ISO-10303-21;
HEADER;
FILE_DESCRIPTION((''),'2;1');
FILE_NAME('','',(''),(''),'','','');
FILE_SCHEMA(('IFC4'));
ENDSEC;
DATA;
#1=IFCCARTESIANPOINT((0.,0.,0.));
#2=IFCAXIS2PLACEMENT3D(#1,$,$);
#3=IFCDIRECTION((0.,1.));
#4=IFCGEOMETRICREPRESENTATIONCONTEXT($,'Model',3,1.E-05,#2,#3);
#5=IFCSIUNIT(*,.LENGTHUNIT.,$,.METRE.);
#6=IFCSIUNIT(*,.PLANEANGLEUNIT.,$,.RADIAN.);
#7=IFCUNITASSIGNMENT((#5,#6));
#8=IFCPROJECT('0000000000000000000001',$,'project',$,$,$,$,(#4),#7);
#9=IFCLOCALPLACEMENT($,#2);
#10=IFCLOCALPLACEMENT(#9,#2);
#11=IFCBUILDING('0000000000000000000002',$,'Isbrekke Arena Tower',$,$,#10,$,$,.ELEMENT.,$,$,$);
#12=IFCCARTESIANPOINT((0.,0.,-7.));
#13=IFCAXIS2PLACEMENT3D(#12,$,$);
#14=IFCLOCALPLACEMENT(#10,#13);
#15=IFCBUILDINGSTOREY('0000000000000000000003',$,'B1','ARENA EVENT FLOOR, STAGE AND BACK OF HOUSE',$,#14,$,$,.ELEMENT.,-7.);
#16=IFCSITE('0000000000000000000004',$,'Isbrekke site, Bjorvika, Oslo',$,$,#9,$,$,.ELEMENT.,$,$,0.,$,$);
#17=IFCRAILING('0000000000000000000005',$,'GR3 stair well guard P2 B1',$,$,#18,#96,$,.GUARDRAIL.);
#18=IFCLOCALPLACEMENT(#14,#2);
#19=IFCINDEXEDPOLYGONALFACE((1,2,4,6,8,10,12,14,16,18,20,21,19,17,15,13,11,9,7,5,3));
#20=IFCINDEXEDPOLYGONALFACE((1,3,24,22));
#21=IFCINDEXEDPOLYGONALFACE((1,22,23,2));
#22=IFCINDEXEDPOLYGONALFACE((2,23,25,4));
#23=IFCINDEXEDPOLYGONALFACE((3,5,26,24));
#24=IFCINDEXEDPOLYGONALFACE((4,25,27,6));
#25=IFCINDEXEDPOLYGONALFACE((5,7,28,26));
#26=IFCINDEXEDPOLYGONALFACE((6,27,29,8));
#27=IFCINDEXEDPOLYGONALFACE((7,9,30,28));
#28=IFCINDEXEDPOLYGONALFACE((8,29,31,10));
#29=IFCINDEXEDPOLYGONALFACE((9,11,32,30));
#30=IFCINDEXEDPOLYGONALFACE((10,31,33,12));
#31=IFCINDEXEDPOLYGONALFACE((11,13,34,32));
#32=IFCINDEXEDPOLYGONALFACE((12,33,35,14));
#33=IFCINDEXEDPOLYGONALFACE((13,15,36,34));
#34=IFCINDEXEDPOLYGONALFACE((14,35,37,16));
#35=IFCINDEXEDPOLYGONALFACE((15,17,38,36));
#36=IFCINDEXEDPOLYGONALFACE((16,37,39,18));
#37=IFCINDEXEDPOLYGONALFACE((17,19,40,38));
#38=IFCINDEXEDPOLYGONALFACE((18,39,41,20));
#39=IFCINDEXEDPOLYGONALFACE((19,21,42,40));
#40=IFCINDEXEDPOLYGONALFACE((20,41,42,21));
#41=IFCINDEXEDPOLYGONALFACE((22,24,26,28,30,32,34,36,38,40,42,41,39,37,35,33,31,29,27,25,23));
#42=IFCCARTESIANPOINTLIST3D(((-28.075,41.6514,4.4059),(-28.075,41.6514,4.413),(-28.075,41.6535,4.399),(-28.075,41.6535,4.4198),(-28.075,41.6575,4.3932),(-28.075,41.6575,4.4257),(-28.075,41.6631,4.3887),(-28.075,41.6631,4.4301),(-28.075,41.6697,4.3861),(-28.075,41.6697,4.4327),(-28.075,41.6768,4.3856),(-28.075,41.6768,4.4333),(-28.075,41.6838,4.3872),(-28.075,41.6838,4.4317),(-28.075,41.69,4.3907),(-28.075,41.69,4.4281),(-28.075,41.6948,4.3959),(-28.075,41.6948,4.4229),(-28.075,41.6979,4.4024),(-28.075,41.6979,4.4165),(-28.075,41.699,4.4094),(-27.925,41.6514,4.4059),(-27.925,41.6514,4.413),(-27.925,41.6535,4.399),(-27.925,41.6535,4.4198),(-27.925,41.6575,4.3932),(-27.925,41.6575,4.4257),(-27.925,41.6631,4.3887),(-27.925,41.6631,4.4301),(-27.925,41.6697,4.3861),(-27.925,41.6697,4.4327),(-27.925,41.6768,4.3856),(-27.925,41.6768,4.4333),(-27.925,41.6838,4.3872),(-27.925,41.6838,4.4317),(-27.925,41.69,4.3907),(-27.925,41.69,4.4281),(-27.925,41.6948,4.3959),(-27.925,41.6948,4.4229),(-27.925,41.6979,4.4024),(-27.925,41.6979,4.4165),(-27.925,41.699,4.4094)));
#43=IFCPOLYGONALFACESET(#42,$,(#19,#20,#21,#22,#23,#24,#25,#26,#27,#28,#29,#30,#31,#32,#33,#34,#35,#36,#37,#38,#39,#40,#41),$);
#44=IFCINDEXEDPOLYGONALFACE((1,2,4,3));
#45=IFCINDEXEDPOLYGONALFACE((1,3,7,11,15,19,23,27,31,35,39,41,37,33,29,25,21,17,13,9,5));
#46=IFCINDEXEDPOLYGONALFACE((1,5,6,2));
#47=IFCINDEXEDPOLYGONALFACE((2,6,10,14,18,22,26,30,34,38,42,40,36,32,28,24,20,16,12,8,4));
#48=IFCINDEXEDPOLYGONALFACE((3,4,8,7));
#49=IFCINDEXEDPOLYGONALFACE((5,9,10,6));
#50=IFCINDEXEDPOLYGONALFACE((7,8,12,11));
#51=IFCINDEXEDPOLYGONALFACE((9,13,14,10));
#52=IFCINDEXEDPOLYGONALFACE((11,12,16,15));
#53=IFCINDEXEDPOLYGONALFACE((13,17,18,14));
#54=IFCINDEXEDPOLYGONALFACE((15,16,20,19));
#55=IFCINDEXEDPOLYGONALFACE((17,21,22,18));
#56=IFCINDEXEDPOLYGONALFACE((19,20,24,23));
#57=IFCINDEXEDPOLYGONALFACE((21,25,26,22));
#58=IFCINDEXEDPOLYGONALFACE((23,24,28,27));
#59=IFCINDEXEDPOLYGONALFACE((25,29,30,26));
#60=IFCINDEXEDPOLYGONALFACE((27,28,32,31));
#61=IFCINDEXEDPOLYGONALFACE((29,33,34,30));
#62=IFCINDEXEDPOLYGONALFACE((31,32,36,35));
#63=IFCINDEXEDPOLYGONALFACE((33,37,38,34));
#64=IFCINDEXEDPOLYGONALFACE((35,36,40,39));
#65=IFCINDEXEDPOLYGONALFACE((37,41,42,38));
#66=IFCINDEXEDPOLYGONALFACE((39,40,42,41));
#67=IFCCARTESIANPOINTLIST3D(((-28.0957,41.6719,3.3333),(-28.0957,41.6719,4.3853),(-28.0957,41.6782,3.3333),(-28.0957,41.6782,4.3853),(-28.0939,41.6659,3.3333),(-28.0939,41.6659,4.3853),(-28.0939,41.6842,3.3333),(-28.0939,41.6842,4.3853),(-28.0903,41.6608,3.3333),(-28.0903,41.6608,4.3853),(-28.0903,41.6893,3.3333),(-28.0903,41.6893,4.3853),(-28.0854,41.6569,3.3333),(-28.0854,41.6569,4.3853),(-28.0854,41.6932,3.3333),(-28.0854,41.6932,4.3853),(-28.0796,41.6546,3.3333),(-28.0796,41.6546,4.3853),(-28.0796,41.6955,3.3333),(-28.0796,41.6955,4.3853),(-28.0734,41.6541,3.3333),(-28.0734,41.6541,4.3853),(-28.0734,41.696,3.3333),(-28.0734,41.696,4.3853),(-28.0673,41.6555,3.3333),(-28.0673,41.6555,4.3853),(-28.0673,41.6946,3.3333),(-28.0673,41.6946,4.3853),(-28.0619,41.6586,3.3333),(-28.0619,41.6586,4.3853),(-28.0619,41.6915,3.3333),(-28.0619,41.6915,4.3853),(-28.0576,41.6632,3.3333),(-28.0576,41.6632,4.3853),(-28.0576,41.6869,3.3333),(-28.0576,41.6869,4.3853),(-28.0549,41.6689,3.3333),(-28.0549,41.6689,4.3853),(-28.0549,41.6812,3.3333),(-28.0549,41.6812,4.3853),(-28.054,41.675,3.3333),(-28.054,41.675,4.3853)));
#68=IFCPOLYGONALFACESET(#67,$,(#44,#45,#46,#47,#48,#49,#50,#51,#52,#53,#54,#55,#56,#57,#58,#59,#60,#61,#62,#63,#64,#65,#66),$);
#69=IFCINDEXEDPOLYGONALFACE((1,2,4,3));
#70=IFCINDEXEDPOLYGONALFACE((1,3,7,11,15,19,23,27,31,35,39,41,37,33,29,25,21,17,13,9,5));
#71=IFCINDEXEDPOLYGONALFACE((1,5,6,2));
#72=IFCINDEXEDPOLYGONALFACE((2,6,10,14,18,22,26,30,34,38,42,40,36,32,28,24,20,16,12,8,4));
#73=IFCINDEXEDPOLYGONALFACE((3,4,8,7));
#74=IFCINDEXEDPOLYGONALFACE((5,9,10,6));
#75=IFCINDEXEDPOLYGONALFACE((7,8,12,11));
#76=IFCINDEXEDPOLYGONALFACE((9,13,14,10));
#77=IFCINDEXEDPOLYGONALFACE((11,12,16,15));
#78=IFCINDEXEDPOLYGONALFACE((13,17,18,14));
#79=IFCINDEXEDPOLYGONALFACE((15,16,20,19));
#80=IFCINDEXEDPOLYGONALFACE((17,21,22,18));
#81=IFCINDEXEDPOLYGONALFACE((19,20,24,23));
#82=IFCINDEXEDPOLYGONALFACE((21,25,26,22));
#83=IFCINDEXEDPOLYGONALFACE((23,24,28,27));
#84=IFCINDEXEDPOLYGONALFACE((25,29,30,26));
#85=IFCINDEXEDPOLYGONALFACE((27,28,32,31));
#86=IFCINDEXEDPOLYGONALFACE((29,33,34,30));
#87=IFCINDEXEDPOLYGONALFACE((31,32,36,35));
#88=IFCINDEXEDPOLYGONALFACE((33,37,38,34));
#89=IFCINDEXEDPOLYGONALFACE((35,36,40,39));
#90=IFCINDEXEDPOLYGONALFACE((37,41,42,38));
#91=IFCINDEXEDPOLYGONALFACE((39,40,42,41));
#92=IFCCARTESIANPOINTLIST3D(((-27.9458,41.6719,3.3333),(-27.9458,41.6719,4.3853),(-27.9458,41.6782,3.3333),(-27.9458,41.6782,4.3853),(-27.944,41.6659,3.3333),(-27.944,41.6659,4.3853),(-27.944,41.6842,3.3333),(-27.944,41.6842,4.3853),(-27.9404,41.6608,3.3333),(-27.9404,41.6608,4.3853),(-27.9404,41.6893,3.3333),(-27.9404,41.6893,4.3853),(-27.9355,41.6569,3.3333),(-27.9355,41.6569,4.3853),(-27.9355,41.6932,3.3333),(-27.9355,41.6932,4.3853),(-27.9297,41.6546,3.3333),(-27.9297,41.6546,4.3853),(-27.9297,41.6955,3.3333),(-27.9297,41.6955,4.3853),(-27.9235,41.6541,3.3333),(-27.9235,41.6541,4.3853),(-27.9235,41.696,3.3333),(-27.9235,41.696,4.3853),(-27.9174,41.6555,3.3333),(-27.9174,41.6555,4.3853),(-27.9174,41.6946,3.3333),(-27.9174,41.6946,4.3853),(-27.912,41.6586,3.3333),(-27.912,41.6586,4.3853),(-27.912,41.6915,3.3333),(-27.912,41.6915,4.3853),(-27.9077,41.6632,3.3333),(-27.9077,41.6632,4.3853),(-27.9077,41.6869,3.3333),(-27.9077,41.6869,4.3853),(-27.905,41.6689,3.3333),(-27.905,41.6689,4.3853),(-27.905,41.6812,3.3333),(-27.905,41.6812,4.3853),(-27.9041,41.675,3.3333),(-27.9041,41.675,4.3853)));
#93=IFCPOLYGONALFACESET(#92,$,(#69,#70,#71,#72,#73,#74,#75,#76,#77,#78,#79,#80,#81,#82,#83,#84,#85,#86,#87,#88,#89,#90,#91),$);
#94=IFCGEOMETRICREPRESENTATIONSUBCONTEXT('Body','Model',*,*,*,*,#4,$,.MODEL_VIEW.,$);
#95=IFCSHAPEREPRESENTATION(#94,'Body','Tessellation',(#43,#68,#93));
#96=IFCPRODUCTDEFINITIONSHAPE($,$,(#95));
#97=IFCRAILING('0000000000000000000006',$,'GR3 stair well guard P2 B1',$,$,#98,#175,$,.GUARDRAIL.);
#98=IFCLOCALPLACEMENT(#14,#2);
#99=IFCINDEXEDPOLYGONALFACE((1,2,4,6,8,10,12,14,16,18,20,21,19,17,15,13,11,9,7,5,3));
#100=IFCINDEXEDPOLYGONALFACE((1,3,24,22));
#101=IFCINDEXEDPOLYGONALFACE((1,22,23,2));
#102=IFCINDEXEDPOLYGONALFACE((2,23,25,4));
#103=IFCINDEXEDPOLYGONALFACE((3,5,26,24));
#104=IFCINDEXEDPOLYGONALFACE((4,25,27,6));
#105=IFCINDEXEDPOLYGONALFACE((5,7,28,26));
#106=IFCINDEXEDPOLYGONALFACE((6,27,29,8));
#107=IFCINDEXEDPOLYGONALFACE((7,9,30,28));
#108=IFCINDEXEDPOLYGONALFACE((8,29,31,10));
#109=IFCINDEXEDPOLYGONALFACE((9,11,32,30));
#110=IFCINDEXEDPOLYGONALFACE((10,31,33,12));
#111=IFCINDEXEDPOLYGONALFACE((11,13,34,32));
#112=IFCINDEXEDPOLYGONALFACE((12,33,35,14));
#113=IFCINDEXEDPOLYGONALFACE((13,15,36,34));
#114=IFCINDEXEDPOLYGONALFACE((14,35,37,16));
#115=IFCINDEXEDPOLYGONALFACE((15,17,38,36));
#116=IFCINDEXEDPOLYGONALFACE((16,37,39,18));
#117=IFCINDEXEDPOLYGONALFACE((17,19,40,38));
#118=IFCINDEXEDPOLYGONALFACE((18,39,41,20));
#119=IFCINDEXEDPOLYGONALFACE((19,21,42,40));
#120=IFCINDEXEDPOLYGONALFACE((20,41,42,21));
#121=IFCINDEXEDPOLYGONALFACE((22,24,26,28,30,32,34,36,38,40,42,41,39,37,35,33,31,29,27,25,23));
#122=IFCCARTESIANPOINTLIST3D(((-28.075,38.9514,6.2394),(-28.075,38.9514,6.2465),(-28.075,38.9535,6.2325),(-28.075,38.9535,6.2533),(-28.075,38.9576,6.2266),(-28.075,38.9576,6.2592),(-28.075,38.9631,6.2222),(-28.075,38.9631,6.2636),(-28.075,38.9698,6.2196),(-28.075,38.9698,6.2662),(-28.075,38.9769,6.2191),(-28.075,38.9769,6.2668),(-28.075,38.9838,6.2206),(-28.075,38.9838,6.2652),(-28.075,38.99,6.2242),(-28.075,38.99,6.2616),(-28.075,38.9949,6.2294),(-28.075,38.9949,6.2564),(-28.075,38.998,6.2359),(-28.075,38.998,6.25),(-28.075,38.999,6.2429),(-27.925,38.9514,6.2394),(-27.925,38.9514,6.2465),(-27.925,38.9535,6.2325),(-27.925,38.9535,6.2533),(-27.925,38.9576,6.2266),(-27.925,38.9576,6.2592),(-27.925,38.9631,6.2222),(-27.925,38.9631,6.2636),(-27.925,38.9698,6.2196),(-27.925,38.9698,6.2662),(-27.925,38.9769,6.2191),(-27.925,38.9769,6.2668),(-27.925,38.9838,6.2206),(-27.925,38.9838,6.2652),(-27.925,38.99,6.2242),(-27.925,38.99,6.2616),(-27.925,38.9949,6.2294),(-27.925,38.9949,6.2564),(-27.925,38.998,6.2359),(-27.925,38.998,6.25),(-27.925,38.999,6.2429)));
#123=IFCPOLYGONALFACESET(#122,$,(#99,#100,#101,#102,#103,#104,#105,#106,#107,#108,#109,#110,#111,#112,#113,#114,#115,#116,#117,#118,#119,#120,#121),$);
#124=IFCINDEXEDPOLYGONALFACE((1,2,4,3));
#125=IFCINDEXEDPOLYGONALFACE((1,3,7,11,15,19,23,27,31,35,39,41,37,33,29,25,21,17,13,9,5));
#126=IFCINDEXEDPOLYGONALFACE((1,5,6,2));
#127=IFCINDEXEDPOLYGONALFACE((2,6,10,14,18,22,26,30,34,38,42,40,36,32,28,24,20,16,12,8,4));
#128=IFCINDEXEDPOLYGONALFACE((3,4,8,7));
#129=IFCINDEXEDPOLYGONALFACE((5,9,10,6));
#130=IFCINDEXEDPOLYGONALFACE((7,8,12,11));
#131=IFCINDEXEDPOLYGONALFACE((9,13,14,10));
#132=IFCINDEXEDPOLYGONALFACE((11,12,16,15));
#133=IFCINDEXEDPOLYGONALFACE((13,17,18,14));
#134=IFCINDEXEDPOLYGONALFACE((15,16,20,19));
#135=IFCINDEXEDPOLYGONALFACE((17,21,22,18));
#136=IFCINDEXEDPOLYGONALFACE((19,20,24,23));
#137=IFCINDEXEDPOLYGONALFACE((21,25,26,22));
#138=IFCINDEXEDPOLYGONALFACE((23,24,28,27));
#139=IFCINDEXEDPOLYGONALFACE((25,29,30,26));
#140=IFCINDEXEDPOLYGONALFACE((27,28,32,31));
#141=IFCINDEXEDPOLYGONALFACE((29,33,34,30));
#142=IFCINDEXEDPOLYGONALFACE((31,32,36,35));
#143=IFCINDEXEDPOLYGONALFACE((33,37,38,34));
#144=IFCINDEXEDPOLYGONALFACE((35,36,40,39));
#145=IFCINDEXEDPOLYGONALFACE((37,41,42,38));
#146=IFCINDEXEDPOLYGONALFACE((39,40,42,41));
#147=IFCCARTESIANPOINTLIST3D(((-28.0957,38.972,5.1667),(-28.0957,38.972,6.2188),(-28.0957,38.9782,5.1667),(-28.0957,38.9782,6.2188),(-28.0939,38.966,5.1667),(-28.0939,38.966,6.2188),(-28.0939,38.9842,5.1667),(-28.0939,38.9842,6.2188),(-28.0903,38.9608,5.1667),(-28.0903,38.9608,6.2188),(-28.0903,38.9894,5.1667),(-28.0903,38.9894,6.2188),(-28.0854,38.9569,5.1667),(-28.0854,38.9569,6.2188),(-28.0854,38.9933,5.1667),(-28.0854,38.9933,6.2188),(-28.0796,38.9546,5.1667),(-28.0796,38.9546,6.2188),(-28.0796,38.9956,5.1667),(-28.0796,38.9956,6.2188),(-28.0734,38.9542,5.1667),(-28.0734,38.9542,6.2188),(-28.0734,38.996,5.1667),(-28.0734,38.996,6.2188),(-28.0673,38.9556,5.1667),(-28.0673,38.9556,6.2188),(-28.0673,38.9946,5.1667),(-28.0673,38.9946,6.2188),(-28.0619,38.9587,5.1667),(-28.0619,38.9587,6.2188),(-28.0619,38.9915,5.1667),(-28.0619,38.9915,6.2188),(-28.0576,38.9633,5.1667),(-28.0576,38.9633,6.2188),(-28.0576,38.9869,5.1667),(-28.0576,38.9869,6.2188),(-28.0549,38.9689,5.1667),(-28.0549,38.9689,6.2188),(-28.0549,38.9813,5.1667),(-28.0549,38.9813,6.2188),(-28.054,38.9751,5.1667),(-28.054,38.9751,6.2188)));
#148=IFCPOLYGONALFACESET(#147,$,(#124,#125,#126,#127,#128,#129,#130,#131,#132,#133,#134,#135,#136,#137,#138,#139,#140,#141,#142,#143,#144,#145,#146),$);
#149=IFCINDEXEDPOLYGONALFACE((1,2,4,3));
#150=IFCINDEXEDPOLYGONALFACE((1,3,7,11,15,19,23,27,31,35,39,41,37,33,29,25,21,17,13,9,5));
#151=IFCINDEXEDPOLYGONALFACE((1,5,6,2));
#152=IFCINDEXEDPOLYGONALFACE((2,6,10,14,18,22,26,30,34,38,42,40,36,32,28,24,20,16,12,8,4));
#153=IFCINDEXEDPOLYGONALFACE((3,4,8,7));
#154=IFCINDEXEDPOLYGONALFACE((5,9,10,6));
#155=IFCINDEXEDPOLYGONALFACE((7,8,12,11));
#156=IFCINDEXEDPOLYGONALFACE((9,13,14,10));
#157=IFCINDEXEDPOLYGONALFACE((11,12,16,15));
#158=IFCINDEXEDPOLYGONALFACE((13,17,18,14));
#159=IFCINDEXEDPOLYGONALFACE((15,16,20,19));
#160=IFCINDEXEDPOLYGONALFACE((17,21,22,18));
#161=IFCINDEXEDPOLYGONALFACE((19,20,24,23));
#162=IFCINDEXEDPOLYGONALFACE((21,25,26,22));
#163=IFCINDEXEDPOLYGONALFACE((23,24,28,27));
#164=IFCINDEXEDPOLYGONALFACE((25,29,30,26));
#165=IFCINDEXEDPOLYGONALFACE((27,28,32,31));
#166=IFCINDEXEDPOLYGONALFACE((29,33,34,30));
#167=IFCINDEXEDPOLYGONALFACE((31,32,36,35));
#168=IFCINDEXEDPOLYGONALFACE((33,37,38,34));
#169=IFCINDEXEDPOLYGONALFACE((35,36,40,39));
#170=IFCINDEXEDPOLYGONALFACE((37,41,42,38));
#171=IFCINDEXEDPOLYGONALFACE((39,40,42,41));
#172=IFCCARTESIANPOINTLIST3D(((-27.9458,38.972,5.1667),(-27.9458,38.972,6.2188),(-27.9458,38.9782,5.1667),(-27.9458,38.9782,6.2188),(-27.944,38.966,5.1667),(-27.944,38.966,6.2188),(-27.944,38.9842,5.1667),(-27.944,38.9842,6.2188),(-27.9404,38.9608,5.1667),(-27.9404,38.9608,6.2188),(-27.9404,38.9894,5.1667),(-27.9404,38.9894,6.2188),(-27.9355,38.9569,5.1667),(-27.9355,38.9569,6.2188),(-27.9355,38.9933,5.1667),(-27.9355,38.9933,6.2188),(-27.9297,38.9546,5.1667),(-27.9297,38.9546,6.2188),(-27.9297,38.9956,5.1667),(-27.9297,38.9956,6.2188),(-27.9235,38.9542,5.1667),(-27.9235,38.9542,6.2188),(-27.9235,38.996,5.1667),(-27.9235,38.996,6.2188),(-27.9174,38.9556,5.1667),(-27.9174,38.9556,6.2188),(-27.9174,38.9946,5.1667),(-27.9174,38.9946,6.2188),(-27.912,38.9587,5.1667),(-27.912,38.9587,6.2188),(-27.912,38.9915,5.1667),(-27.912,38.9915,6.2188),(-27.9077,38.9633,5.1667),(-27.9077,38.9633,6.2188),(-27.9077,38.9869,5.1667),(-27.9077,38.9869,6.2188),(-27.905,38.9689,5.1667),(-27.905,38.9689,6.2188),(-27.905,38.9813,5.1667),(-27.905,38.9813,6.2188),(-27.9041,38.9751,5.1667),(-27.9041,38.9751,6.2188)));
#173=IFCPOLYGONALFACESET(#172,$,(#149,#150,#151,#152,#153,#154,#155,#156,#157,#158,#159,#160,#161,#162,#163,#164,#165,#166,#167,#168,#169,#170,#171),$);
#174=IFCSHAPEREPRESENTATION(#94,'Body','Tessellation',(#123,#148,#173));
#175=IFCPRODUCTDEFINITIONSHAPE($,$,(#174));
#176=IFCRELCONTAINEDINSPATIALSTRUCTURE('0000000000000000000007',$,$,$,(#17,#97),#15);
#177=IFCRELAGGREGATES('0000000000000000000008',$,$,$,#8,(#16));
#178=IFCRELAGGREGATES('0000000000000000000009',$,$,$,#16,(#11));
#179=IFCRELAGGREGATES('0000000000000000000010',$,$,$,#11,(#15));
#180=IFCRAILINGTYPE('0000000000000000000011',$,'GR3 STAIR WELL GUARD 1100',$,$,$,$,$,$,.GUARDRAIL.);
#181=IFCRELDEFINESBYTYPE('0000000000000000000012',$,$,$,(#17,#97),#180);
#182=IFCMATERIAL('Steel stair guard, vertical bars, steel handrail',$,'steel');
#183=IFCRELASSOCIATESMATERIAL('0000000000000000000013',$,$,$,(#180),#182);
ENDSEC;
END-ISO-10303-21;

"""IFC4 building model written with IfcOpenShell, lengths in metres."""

from ifc_helpers import new_model, si_unit, direction, frame, origin, origin_2d, place, context, subcontext, project, spatial, circle, extrude, material, type_object, element, save


model = new_model("IFC4")

# Units and contexts
model_context = context("Model", 3, precision=1e-05, world=origin(), true_north=direction((0.0, 1.0)))
body_context = subcontext(model_context, "Body", "Model", "MODEL_VIEW")
ifc_project = project(units=[si_unit("LENGTHUNIT", "METRE"), si_unit("PLANEANGLEUNIT", "RADIAN")], contexts=[model_context])

# Site, building, storey
site_placement = place(None, origin())
site = spatial("IfcSite", under=ifc_project, at=site_placement, Name="Isbrekke site, Bjorvika, Oslo", CompositionType="ELEMENT", RefElevation=0.0)
building_placement = place(site_placement, origin())
building = spatial("IfcBuilding", under=site, at=building_placement, Name="Isbrekke Arena Tower", CompositionType="ELEMENT")
storey_placement = place(building_placement, frame((0.0, 0.0, -7.0)))
storey = spatial("IfcBuildingStorey", under=building, at=storey_placement, Name="B1", Description="ARENA EVENT FLOOR, STAGE AND BACK OF HOUSE", CompositionType="ELEMENT", Elevation=-7.0)

# Railings
ifc_material_1 = material(Name="Steel stair guard, vertical bars, steel handrail", Category="steel")
railing_type = type_object("IfcRailingType", Name="GR3 STAIR WELL GUARD 1100", PredefinedType="GUARDRAIL", material=ifc_material_1)
for number, where, name in (
    (1, (-28.075, 41.675, 3.3333), "GR3 stair well guard P2 B1"),
    (2, (-28.075, 38.9751, 5.1667), "GR3 stair well guard P2 B1"),
):
    element("IfcRailing", number, at=place(storey_placement, frame(where)), inside=storey, type_object=railing_type, Name=name, PredefinedType="GUARDRAIL", context=body_context, shape_type="SweptSolid", body=[
        extrude(circle(Radius=0.0239, at=origin_2d()), frame((0.0, 0.0, 1.0762), z_axis=(1.0, 0.0, 0.0), x_axis=(0.0, 1.0, 0.0)), (0.0, 0.0, 1.0), 0.1499),
        extrude(circle(Radius=0.021, at=origin_2d()), origin(), (0.0, 0.0, 1.0), 1.052),
        extrude(circle(Radius=0.021, at=origin_2d()), frame((0.1499, 0.0, 0.0)), (0.0, 0.0, 1.0), 1.052),
    ])

save(model, "model.ifc")
